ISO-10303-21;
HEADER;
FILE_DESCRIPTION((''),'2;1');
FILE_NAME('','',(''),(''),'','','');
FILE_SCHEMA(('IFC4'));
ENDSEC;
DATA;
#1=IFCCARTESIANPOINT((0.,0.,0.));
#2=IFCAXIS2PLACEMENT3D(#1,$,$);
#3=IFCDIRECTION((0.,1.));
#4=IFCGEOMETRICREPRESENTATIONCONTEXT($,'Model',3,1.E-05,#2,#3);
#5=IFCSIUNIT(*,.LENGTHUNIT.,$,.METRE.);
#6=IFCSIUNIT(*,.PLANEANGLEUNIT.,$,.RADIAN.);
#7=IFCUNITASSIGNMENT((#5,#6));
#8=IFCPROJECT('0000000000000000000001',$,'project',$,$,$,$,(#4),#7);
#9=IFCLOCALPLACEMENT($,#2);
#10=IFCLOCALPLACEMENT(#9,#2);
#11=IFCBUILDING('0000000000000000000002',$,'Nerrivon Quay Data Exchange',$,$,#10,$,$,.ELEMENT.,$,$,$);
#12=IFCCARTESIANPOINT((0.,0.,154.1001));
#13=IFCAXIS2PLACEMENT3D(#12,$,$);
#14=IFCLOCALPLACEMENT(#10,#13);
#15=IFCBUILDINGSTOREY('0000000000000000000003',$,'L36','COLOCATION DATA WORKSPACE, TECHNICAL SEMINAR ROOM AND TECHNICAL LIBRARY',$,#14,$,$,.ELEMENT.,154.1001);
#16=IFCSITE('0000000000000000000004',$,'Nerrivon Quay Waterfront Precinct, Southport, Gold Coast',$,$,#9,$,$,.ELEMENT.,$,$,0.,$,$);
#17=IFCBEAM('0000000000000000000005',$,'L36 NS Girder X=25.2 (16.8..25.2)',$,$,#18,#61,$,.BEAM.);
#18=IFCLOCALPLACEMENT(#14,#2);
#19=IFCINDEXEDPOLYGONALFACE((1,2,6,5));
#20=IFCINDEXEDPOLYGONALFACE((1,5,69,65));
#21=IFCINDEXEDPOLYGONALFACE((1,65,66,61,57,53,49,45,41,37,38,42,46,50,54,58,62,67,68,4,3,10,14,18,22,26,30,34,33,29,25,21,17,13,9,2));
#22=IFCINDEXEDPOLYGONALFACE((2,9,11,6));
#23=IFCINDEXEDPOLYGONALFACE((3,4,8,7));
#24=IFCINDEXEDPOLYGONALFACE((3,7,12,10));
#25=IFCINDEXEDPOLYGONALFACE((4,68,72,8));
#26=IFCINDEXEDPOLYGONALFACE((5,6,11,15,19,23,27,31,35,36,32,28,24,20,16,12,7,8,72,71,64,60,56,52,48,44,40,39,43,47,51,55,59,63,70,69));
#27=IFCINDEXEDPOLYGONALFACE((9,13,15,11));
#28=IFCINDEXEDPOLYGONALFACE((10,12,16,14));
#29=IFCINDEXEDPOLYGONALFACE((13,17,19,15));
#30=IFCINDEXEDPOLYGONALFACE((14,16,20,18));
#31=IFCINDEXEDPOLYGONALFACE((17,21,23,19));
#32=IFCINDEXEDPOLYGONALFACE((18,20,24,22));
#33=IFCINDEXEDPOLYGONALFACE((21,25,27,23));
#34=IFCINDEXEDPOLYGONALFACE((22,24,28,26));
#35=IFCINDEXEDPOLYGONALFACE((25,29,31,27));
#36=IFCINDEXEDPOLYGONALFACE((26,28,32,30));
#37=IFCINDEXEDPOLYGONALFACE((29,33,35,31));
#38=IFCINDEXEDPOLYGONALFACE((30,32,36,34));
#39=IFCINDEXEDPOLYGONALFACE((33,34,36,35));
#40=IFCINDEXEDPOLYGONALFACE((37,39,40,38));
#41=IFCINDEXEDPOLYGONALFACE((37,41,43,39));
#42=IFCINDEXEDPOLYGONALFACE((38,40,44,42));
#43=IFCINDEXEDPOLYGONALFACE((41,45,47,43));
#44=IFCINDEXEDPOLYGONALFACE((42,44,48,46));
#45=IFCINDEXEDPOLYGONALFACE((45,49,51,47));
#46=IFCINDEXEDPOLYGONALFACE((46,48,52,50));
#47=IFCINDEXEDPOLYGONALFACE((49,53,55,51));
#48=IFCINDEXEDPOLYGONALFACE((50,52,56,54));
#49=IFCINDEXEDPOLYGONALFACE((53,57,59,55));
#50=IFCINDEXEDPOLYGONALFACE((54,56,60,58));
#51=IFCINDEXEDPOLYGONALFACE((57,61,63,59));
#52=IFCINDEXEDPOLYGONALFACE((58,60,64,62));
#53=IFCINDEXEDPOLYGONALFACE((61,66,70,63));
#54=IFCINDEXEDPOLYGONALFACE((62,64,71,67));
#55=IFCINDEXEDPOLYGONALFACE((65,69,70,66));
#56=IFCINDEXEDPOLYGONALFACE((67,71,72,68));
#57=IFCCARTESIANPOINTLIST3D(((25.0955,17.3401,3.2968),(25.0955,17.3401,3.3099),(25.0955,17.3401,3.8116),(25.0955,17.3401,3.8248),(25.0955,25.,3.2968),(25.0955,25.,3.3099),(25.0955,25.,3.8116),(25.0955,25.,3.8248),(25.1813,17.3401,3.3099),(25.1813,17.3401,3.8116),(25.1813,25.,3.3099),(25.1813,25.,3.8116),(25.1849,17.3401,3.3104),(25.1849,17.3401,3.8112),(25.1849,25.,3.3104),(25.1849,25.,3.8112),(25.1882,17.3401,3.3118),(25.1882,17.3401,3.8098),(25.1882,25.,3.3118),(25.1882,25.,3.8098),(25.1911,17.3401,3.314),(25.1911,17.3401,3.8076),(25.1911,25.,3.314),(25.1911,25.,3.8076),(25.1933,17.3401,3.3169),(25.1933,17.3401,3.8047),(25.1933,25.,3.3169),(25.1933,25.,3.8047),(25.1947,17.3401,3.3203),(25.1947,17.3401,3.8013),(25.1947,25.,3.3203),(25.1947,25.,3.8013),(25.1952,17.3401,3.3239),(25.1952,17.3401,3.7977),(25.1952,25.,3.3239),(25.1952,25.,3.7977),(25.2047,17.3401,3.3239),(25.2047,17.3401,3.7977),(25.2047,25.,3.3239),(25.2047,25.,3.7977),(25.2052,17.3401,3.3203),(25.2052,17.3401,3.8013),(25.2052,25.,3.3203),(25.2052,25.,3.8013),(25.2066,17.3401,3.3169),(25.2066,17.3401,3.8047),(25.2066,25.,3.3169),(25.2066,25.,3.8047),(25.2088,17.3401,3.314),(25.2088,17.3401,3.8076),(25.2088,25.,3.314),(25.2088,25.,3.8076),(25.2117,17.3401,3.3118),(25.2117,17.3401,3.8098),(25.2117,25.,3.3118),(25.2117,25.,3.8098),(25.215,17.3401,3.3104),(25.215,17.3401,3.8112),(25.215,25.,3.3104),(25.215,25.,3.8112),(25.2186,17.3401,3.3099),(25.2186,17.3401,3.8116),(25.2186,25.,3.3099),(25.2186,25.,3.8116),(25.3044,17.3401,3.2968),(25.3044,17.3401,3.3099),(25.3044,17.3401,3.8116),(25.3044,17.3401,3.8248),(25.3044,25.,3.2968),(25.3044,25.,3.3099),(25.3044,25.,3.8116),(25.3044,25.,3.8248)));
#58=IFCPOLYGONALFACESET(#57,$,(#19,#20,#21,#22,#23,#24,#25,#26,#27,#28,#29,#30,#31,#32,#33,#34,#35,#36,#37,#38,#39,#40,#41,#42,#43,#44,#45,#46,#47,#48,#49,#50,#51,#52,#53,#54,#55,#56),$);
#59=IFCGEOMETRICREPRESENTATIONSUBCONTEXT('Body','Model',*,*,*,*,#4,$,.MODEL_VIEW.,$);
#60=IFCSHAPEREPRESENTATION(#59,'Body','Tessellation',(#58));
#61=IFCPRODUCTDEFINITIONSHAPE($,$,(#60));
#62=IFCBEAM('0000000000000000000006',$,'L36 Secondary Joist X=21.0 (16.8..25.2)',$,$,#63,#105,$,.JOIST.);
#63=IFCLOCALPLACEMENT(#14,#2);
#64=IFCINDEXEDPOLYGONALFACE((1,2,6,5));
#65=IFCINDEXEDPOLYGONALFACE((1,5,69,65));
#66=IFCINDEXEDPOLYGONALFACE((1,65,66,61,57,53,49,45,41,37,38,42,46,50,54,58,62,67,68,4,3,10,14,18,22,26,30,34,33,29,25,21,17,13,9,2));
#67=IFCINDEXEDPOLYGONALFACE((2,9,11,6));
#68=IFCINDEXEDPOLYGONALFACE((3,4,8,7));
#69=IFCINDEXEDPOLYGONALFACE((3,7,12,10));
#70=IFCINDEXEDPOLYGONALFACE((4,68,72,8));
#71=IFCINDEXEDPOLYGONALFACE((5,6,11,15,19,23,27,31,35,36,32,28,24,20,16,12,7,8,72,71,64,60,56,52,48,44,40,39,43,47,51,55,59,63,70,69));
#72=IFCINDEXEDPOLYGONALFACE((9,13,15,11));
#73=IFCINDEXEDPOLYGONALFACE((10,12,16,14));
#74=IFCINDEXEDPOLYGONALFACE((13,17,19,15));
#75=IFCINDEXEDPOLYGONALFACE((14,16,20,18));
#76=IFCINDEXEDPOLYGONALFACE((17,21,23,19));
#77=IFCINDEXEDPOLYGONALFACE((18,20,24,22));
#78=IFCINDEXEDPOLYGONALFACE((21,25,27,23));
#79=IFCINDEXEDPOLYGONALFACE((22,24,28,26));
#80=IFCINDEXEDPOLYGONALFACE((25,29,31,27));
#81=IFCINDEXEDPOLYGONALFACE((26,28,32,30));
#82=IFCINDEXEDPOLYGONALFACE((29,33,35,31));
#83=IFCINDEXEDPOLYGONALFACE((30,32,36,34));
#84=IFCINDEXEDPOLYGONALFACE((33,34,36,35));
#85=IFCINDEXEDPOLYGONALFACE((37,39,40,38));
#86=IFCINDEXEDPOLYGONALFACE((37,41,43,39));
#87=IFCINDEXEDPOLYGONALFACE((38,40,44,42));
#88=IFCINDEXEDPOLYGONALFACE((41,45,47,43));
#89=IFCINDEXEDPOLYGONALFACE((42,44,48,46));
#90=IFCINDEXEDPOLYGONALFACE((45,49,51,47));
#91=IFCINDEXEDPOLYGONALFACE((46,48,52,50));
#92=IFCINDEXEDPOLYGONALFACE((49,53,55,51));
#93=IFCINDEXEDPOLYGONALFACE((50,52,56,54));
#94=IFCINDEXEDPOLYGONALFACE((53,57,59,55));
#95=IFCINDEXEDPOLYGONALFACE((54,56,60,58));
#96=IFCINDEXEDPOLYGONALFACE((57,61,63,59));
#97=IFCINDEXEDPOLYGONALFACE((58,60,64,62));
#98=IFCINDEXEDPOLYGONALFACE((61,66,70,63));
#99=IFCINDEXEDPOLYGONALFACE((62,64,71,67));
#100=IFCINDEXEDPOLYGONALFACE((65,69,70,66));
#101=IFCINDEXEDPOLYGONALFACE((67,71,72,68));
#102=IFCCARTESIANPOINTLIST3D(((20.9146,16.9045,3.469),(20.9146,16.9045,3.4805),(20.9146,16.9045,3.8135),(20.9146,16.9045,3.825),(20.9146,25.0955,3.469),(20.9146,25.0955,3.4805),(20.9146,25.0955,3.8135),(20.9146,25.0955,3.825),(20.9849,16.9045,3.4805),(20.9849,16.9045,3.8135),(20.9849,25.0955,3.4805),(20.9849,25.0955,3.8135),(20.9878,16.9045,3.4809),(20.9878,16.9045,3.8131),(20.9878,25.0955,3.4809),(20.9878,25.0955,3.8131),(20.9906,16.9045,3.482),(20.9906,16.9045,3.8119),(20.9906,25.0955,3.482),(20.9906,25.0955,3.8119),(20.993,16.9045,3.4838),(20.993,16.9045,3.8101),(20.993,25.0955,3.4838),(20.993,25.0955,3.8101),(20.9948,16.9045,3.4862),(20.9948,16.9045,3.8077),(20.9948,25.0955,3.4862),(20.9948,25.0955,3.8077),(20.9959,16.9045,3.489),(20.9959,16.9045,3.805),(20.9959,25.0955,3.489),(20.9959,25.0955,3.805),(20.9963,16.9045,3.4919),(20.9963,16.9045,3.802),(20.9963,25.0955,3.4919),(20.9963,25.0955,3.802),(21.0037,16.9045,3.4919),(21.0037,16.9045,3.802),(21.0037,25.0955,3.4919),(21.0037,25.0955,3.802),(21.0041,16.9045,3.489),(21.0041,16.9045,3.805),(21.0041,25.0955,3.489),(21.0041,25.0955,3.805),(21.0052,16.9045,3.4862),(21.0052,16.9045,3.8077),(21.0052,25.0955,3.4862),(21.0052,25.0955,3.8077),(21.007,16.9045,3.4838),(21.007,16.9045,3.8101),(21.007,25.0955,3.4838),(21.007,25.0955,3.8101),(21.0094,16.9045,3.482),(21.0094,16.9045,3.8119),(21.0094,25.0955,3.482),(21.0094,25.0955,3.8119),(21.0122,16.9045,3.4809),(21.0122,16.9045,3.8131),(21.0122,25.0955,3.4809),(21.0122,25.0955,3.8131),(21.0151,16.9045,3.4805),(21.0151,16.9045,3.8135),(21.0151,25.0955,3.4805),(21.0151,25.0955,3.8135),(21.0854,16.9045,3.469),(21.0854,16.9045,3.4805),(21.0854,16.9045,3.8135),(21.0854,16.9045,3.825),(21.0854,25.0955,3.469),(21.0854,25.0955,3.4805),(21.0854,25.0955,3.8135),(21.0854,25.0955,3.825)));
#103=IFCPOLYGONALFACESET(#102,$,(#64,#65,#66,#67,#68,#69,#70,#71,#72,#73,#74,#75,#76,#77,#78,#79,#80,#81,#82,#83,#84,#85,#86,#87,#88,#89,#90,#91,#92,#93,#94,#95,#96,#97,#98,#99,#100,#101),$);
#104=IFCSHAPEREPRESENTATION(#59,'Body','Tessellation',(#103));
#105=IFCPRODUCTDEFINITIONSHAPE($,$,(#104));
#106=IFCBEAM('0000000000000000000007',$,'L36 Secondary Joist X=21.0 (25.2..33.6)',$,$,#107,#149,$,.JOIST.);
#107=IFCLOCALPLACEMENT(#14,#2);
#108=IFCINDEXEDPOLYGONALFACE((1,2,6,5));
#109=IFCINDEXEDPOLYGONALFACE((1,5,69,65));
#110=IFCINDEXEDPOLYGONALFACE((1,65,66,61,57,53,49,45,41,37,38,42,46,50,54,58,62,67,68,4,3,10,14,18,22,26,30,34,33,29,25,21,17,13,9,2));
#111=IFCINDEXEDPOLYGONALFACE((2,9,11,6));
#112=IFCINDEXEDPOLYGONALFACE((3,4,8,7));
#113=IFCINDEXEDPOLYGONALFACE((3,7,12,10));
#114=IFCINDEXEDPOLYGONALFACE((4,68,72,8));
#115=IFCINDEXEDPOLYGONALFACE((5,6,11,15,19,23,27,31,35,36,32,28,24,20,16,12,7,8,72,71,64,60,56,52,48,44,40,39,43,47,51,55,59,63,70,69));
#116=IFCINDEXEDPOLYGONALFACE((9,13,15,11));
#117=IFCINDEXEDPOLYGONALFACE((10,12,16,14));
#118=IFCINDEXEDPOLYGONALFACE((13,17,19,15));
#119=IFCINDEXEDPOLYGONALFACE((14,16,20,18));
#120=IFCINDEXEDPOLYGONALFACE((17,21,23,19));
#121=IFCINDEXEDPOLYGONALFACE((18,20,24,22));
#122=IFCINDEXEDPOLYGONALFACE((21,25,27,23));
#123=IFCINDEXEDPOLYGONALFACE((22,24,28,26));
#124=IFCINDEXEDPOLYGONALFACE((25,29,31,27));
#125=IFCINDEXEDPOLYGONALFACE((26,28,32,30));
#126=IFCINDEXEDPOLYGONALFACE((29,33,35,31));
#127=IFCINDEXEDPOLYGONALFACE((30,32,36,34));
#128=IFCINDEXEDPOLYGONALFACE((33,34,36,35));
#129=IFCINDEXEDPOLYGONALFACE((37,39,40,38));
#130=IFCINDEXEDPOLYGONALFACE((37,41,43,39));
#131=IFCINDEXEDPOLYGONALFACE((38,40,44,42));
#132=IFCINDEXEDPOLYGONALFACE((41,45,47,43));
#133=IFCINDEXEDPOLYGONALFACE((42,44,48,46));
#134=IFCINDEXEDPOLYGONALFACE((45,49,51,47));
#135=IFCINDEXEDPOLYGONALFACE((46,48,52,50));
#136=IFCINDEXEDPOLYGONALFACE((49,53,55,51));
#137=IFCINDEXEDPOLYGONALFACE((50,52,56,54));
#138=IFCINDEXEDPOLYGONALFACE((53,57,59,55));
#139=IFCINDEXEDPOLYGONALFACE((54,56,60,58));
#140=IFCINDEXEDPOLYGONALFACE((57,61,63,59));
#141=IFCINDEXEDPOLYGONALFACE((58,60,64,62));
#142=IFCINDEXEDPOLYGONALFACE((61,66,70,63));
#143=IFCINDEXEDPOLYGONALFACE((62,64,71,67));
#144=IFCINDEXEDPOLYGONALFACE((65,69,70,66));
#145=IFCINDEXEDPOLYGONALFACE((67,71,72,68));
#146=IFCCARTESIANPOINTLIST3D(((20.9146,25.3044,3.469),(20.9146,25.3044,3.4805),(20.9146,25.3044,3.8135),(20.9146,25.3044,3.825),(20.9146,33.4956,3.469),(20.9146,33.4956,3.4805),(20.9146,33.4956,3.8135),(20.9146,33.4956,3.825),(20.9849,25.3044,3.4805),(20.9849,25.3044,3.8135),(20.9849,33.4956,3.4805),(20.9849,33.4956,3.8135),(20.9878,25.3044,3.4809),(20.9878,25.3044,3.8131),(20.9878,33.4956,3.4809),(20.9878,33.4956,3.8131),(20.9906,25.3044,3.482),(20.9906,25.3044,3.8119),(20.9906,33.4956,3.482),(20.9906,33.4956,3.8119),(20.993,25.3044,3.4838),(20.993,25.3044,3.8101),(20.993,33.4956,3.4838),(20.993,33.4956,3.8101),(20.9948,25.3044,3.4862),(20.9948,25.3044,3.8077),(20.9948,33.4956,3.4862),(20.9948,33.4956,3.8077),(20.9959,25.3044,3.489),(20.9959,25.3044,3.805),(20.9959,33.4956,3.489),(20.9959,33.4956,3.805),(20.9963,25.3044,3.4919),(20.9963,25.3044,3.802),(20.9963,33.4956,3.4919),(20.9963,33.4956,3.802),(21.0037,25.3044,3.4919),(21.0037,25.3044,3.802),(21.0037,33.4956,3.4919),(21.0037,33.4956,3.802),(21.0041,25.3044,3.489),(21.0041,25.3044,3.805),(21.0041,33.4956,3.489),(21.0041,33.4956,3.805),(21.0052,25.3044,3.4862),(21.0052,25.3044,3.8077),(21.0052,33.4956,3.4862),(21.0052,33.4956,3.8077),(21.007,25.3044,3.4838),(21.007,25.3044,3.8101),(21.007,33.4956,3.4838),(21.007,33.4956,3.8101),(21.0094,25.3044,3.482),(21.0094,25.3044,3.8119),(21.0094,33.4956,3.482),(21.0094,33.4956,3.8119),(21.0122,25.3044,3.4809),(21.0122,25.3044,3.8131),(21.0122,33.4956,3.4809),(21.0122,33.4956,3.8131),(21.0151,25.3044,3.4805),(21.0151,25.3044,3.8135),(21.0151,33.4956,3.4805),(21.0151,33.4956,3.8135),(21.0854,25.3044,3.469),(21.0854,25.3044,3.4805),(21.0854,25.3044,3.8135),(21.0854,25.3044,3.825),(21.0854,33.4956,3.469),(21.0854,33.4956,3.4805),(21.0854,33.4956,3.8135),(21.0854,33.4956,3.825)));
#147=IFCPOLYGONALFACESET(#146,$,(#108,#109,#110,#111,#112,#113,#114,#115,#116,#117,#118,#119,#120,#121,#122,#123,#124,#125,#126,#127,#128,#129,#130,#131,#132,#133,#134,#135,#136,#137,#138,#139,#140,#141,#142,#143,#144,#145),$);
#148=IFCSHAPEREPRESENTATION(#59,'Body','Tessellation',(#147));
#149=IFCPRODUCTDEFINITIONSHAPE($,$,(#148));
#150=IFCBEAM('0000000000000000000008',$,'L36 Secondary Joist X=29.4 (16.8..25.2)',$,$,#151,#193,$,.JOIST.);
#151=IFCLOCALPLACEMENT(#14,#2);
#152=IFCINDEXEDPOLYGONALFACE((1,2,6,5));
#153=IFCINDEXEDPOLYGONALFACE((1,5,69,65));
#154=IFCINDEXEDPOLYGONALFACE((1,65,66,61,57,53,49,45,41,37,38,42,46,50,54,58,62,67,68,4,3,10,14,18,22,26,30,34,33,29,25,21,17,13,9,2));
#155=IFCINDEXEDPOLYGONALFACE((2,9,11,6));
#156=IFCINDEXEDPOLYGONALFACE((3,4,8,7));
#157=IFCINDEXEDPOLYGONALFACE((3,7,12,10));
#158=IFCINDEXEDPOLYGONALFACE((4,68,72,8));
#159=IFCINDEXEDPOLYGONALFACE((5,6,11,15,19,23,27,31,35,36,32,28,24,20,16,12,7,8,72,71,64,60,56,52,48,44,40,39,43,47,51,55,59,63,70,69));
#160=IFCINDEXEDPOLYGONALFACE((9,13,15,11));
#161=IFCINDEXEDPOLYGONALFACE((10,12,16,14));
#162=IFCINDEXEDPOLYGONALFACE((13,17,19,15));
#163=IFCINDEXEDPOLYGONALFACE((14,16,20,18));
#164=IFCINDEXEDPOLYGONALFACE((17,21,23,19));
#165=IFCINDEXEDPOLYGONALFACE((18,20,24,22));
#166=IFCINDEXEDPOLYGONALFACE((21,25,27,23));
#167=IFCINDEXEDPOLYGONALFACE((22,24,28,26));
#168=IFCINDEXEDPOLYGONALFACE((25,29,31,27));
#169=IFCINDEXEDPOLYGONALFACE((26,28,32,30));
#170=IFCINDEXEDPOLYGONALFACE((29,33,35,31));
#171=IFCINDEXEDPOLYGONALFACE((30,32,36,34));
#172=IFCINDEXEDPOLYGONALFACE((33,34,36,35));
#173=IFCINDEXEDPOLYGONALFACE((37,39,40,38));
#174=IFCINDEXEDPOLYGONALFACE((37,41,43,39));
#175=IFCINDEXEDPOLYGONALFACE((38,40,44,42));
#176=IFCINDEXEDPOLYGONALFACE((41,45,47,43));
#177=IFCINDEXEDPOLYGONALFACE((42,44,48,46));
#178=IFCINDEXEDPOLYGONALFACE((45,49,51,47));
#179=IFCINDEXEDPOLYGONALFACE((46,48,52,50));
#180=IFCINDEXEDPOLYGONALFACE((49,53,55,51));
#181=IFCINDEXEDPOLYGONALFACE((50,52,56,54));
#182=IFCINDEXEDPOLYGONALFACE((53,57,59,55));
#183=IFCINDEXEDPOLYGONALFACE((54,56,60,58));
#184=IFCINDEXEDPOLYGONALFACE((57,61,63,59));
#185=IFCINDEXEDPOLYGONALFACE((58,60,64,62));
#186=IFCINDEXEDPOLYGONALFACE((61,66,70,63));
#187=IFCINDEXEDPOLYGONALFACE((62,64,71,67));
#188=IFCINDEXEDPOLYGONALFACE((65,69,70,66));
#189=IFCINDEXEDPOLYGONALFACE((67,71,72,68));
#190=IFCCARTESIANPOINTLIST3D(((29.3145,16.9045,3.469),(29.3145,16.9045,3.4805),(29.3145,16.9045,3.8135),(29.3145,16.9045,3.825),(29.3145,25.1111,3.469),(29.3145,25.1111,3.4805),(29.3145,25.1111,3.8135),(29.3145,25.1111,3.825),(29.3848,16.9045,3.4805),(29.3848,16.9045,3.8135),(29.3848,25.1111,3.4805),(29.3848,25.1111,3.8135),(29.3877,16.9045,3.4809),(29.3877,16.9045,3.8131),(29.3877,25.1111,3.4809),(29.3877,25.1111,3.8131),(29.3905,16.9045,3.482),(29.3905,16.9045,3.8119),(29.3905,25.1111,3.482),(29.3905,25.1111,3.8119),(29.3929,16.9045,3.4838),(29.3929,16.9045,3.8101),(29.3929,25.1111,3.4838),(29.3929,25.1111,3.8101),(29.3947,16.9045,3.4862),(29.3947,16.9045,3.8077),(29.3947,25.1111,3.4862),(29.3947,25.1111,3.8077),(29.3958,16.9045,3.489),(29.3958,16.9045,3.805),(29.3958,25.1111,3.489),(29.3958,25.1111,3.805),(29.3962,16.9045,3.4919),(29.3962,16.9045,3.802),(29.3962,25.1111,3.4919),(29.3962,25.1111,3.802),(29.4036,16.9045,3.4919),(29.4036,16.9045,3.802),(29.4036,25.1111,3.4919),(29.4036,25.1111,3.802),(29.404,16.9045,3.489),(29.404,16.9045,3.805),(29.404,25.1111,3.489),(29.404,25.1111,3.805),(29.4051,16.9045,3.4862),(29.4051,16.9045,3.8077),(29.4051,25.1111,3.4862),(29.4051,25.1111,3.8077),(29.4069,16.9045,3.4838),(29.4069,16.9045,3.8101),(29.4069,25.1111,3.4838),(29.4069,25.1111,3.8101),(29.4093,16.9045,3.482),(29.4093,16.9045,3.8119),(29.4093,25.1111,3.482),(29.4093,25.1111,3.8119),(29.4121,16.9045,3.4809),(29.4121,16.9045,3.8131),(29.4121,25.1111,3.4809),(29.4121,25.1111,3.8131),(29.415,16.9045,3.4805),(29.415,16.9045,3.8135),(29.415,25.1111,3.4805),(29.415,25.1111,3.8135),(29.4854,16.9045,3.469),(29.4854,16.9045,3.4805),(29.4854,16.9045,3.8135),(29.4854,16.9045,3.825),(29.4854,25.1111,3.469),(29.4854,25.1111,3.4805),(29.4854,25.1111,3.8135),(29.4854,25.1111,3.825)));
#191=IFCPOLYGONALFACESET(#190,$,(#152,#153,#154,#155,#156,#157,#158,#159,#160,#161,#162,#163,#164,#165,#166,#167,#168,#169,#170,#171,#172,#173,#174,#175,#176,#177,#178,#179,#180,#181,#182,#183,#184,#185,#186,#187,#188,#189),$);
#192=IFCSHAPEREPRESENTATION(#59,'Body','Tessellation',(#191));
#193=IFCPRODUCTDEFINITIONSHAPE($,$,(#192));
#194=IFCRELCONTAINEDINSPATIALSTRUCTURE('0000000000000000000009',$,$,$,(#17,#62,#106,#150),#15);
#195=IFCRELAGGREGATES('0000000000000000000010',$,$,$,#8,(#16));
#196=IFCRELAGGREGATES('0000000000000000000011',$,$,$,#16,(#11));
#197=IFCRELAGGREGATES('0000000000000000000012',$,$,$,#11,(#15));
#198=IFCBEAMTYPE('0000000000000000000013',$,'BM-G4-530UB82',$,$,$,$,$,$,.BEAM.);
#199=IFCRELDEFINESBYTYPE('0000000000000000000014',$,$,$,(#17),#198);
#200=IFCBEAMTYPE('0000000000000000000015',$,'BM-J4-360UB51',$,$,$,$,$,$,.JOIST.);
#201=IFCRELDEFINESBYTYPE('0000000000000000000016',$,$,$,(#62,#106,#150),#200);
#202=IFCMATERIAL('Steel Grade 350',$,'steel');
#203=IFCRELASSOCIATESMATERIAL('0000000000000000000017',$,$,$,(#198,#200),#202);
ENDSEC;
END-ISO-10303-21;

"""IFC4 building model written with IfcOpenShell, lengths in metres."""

from ifc_helpers import new_model, si_unit, direction, frame, origin, origin_2d, place, context, subcontext, project, spatial, i_section, extrude, material, material_profile, profile_set, type_object, element, save


model = new_model("IFC4")

# Units and contexts
model_context = context("Model", 3, precision=1e-05, world=origin(), true_north=direction((0.0, 1.0)))
body_context = subcontext(model_context, "Body", "Model", "MODEL_VIEW")
ifc_project = project(units=[si_unit("LENGTHUNIT", "METRE"), si_unit("PLANEANGLEUNIT", "RADIAN")], contexts=[model_context])

# Site, building, storey
site_placement = place(None, origin())
site = spatial("IfcSite", under=ifc_project, at=site_placement, Name="Nerrivon Quay Waterfront Precinct, Southport, Gold Coast", CompositionType="ELEMENT", RefElevation=0.0)
building_placement = place(site_placement, origin())
building = spatial("IfcBuilding", under=site, at=building_placement, Name="Nerrivon Quay Data Exchange", CompositionType="ELEMENT")
storey_placement = place(building_placement, frame((0.0, 0.0, 154.1001)))
storey = spatial("IfcBuildingStorey", under=building, at=storey_placement, Name="L36", Description="COLOCATION DATA WORKSPACE, TECHNICAL SEMINAR ROOM AND TECHNICAL LIBRARY", CompositionType="ELEMENT", Elevation=154.1001)

# Shared definitions
ifc_material_1 = material(Name="Steel Grade 350", Category="steel")

# Beams
ifc_material_profile_1 = material_profile(ifc_material_1, i_section(OverallWidth=0.209, OverallDepth=0.5281, WebThickness=0.0095, FlangeThickness=0.0132, FilletRadius=0.0139, at=origin_2d()), Name="530UB82.0")
ifc_profile_set_1 = profile_set([ifc_material_profile_1], Name="Steel Grade 350")
beam_type_1 = type_object("IfcBeamType", Name="BM-G4-530UB82", PredefinedType="BEAM", material=ifc_profile_set_1)
beam_1_placement = place(storey_placement, frame((25.2, 17.3401, 3.5608), z_axis=(0.0, 1.0, 0.0), x_axis=(-1.0, 0.0, 0.0)))
element("IfcBeam", 1, at=beam_1_placement, inside=storey, type_object=beam_type_1, Name="L36 NS Girder X=25.2 (16.8..25.2)", PredefinedType="BEAM", context=body_context, shape_type="SweptSolid", body=[
    extrude(i_section(OverallWidth=0.209, OverallDepth=0.5281, WebThickness=0.0095, FlangeThickness=0.0132, FilletRadius=0.0139, at=origin_2d()), origin(), (0.0, 0.0, 1.0), 7.6599),
])
ifc_material_profile_2 = material_profile(ifc_material_1, i_section(OverallWidth=0.1709, OverallDepth=0.356, WebThickness=0.0073, FlangeThickness=0.0115, FilletRadius=0.0115, at=origin_2d()), Name="360UB50.7")
ifc_profile_set_2 = profile_set([ifc_material_profile_2], Name="Steel Grade 350")
beam_type_2 = type_object("IfcBeamType", Name="BM-J4-360UB51", PredefinedType="JOIST", material=ifc_profile_set_2)
beam_2_placement = place(storey_placement, frame((21.0, 16.9045, 3.647), z_axis=(0.0, 1.0, 0.0), x_axis=(-1.0, 0.0, 0.0)))
element("IfcBeam", 2, at=beam_2_placement, inside=storey, type_object=beam_type_2, Name="L36 Secondary Joist X=21.0 (16.8..25.2)", PredefinedType="JOIST", context=body_context, shape_type="SweptSolid", body=[
    extrude(i_section(OverallWidth=0.1709, OverallDepth=0.356, WebThickness=0.0073, FlangeThickness=0.0115, FilletRadius=0.0115, at=origin_2d()), origin(), (0.0, 0.0, 1.0), 8.1909),
])
beam_3_placement = place(storey_placement, frame((21.0, 25.3044, 3.647), z_axis=(0.0, 1.0, 0.0), x_axis=(-1.0, 0.0, 0.0)))
element("IfcBeam", 3, at=beam_3_placement, inside=storey, type_object=beam_type_2, Name="L36 Secondary Joist X=21.0 (25.2..33.6)", PredefinedType="JOIST", context=body_context, shape_type="SweptSolid", body=[
    extrude(i_section(OverallWidth=0.1709, OverallDepth=0.356, WebThickness=0.0073, FlangeThickness=0.0115, FilletRadius=0.0115, at=origin_2d()), origin(), (0.0, 0.0, 1.0), 8.1912),
])
beam_4_placement = place(storey_placement, frame((29.3999, 16.9045, 3.647), z_axis=(0.0, 1.0, 0.0), x_axis=(-1.0, 0.0, 0.0)))
element("IfcBeam", 4, at=beam_4_placement, inside=storey, type_object=beam_type_2, Name="L36 Secondary Joist X=29.4 (16.8..25.2)", PredefinedType="JOIST", context=body_context, shape_type="SweptSolid", body=[
    extrude(i_section(OverallWidth=0.1709, OverallDepth=0.356, WebThickness=0.0073, FlangeThickness=0.0115, FilletRadius=0.0115, at=origin_2d()), origin(), (0.0, 0.0, 1.0), 8.2065),
])

save(model, "model.ifc")
